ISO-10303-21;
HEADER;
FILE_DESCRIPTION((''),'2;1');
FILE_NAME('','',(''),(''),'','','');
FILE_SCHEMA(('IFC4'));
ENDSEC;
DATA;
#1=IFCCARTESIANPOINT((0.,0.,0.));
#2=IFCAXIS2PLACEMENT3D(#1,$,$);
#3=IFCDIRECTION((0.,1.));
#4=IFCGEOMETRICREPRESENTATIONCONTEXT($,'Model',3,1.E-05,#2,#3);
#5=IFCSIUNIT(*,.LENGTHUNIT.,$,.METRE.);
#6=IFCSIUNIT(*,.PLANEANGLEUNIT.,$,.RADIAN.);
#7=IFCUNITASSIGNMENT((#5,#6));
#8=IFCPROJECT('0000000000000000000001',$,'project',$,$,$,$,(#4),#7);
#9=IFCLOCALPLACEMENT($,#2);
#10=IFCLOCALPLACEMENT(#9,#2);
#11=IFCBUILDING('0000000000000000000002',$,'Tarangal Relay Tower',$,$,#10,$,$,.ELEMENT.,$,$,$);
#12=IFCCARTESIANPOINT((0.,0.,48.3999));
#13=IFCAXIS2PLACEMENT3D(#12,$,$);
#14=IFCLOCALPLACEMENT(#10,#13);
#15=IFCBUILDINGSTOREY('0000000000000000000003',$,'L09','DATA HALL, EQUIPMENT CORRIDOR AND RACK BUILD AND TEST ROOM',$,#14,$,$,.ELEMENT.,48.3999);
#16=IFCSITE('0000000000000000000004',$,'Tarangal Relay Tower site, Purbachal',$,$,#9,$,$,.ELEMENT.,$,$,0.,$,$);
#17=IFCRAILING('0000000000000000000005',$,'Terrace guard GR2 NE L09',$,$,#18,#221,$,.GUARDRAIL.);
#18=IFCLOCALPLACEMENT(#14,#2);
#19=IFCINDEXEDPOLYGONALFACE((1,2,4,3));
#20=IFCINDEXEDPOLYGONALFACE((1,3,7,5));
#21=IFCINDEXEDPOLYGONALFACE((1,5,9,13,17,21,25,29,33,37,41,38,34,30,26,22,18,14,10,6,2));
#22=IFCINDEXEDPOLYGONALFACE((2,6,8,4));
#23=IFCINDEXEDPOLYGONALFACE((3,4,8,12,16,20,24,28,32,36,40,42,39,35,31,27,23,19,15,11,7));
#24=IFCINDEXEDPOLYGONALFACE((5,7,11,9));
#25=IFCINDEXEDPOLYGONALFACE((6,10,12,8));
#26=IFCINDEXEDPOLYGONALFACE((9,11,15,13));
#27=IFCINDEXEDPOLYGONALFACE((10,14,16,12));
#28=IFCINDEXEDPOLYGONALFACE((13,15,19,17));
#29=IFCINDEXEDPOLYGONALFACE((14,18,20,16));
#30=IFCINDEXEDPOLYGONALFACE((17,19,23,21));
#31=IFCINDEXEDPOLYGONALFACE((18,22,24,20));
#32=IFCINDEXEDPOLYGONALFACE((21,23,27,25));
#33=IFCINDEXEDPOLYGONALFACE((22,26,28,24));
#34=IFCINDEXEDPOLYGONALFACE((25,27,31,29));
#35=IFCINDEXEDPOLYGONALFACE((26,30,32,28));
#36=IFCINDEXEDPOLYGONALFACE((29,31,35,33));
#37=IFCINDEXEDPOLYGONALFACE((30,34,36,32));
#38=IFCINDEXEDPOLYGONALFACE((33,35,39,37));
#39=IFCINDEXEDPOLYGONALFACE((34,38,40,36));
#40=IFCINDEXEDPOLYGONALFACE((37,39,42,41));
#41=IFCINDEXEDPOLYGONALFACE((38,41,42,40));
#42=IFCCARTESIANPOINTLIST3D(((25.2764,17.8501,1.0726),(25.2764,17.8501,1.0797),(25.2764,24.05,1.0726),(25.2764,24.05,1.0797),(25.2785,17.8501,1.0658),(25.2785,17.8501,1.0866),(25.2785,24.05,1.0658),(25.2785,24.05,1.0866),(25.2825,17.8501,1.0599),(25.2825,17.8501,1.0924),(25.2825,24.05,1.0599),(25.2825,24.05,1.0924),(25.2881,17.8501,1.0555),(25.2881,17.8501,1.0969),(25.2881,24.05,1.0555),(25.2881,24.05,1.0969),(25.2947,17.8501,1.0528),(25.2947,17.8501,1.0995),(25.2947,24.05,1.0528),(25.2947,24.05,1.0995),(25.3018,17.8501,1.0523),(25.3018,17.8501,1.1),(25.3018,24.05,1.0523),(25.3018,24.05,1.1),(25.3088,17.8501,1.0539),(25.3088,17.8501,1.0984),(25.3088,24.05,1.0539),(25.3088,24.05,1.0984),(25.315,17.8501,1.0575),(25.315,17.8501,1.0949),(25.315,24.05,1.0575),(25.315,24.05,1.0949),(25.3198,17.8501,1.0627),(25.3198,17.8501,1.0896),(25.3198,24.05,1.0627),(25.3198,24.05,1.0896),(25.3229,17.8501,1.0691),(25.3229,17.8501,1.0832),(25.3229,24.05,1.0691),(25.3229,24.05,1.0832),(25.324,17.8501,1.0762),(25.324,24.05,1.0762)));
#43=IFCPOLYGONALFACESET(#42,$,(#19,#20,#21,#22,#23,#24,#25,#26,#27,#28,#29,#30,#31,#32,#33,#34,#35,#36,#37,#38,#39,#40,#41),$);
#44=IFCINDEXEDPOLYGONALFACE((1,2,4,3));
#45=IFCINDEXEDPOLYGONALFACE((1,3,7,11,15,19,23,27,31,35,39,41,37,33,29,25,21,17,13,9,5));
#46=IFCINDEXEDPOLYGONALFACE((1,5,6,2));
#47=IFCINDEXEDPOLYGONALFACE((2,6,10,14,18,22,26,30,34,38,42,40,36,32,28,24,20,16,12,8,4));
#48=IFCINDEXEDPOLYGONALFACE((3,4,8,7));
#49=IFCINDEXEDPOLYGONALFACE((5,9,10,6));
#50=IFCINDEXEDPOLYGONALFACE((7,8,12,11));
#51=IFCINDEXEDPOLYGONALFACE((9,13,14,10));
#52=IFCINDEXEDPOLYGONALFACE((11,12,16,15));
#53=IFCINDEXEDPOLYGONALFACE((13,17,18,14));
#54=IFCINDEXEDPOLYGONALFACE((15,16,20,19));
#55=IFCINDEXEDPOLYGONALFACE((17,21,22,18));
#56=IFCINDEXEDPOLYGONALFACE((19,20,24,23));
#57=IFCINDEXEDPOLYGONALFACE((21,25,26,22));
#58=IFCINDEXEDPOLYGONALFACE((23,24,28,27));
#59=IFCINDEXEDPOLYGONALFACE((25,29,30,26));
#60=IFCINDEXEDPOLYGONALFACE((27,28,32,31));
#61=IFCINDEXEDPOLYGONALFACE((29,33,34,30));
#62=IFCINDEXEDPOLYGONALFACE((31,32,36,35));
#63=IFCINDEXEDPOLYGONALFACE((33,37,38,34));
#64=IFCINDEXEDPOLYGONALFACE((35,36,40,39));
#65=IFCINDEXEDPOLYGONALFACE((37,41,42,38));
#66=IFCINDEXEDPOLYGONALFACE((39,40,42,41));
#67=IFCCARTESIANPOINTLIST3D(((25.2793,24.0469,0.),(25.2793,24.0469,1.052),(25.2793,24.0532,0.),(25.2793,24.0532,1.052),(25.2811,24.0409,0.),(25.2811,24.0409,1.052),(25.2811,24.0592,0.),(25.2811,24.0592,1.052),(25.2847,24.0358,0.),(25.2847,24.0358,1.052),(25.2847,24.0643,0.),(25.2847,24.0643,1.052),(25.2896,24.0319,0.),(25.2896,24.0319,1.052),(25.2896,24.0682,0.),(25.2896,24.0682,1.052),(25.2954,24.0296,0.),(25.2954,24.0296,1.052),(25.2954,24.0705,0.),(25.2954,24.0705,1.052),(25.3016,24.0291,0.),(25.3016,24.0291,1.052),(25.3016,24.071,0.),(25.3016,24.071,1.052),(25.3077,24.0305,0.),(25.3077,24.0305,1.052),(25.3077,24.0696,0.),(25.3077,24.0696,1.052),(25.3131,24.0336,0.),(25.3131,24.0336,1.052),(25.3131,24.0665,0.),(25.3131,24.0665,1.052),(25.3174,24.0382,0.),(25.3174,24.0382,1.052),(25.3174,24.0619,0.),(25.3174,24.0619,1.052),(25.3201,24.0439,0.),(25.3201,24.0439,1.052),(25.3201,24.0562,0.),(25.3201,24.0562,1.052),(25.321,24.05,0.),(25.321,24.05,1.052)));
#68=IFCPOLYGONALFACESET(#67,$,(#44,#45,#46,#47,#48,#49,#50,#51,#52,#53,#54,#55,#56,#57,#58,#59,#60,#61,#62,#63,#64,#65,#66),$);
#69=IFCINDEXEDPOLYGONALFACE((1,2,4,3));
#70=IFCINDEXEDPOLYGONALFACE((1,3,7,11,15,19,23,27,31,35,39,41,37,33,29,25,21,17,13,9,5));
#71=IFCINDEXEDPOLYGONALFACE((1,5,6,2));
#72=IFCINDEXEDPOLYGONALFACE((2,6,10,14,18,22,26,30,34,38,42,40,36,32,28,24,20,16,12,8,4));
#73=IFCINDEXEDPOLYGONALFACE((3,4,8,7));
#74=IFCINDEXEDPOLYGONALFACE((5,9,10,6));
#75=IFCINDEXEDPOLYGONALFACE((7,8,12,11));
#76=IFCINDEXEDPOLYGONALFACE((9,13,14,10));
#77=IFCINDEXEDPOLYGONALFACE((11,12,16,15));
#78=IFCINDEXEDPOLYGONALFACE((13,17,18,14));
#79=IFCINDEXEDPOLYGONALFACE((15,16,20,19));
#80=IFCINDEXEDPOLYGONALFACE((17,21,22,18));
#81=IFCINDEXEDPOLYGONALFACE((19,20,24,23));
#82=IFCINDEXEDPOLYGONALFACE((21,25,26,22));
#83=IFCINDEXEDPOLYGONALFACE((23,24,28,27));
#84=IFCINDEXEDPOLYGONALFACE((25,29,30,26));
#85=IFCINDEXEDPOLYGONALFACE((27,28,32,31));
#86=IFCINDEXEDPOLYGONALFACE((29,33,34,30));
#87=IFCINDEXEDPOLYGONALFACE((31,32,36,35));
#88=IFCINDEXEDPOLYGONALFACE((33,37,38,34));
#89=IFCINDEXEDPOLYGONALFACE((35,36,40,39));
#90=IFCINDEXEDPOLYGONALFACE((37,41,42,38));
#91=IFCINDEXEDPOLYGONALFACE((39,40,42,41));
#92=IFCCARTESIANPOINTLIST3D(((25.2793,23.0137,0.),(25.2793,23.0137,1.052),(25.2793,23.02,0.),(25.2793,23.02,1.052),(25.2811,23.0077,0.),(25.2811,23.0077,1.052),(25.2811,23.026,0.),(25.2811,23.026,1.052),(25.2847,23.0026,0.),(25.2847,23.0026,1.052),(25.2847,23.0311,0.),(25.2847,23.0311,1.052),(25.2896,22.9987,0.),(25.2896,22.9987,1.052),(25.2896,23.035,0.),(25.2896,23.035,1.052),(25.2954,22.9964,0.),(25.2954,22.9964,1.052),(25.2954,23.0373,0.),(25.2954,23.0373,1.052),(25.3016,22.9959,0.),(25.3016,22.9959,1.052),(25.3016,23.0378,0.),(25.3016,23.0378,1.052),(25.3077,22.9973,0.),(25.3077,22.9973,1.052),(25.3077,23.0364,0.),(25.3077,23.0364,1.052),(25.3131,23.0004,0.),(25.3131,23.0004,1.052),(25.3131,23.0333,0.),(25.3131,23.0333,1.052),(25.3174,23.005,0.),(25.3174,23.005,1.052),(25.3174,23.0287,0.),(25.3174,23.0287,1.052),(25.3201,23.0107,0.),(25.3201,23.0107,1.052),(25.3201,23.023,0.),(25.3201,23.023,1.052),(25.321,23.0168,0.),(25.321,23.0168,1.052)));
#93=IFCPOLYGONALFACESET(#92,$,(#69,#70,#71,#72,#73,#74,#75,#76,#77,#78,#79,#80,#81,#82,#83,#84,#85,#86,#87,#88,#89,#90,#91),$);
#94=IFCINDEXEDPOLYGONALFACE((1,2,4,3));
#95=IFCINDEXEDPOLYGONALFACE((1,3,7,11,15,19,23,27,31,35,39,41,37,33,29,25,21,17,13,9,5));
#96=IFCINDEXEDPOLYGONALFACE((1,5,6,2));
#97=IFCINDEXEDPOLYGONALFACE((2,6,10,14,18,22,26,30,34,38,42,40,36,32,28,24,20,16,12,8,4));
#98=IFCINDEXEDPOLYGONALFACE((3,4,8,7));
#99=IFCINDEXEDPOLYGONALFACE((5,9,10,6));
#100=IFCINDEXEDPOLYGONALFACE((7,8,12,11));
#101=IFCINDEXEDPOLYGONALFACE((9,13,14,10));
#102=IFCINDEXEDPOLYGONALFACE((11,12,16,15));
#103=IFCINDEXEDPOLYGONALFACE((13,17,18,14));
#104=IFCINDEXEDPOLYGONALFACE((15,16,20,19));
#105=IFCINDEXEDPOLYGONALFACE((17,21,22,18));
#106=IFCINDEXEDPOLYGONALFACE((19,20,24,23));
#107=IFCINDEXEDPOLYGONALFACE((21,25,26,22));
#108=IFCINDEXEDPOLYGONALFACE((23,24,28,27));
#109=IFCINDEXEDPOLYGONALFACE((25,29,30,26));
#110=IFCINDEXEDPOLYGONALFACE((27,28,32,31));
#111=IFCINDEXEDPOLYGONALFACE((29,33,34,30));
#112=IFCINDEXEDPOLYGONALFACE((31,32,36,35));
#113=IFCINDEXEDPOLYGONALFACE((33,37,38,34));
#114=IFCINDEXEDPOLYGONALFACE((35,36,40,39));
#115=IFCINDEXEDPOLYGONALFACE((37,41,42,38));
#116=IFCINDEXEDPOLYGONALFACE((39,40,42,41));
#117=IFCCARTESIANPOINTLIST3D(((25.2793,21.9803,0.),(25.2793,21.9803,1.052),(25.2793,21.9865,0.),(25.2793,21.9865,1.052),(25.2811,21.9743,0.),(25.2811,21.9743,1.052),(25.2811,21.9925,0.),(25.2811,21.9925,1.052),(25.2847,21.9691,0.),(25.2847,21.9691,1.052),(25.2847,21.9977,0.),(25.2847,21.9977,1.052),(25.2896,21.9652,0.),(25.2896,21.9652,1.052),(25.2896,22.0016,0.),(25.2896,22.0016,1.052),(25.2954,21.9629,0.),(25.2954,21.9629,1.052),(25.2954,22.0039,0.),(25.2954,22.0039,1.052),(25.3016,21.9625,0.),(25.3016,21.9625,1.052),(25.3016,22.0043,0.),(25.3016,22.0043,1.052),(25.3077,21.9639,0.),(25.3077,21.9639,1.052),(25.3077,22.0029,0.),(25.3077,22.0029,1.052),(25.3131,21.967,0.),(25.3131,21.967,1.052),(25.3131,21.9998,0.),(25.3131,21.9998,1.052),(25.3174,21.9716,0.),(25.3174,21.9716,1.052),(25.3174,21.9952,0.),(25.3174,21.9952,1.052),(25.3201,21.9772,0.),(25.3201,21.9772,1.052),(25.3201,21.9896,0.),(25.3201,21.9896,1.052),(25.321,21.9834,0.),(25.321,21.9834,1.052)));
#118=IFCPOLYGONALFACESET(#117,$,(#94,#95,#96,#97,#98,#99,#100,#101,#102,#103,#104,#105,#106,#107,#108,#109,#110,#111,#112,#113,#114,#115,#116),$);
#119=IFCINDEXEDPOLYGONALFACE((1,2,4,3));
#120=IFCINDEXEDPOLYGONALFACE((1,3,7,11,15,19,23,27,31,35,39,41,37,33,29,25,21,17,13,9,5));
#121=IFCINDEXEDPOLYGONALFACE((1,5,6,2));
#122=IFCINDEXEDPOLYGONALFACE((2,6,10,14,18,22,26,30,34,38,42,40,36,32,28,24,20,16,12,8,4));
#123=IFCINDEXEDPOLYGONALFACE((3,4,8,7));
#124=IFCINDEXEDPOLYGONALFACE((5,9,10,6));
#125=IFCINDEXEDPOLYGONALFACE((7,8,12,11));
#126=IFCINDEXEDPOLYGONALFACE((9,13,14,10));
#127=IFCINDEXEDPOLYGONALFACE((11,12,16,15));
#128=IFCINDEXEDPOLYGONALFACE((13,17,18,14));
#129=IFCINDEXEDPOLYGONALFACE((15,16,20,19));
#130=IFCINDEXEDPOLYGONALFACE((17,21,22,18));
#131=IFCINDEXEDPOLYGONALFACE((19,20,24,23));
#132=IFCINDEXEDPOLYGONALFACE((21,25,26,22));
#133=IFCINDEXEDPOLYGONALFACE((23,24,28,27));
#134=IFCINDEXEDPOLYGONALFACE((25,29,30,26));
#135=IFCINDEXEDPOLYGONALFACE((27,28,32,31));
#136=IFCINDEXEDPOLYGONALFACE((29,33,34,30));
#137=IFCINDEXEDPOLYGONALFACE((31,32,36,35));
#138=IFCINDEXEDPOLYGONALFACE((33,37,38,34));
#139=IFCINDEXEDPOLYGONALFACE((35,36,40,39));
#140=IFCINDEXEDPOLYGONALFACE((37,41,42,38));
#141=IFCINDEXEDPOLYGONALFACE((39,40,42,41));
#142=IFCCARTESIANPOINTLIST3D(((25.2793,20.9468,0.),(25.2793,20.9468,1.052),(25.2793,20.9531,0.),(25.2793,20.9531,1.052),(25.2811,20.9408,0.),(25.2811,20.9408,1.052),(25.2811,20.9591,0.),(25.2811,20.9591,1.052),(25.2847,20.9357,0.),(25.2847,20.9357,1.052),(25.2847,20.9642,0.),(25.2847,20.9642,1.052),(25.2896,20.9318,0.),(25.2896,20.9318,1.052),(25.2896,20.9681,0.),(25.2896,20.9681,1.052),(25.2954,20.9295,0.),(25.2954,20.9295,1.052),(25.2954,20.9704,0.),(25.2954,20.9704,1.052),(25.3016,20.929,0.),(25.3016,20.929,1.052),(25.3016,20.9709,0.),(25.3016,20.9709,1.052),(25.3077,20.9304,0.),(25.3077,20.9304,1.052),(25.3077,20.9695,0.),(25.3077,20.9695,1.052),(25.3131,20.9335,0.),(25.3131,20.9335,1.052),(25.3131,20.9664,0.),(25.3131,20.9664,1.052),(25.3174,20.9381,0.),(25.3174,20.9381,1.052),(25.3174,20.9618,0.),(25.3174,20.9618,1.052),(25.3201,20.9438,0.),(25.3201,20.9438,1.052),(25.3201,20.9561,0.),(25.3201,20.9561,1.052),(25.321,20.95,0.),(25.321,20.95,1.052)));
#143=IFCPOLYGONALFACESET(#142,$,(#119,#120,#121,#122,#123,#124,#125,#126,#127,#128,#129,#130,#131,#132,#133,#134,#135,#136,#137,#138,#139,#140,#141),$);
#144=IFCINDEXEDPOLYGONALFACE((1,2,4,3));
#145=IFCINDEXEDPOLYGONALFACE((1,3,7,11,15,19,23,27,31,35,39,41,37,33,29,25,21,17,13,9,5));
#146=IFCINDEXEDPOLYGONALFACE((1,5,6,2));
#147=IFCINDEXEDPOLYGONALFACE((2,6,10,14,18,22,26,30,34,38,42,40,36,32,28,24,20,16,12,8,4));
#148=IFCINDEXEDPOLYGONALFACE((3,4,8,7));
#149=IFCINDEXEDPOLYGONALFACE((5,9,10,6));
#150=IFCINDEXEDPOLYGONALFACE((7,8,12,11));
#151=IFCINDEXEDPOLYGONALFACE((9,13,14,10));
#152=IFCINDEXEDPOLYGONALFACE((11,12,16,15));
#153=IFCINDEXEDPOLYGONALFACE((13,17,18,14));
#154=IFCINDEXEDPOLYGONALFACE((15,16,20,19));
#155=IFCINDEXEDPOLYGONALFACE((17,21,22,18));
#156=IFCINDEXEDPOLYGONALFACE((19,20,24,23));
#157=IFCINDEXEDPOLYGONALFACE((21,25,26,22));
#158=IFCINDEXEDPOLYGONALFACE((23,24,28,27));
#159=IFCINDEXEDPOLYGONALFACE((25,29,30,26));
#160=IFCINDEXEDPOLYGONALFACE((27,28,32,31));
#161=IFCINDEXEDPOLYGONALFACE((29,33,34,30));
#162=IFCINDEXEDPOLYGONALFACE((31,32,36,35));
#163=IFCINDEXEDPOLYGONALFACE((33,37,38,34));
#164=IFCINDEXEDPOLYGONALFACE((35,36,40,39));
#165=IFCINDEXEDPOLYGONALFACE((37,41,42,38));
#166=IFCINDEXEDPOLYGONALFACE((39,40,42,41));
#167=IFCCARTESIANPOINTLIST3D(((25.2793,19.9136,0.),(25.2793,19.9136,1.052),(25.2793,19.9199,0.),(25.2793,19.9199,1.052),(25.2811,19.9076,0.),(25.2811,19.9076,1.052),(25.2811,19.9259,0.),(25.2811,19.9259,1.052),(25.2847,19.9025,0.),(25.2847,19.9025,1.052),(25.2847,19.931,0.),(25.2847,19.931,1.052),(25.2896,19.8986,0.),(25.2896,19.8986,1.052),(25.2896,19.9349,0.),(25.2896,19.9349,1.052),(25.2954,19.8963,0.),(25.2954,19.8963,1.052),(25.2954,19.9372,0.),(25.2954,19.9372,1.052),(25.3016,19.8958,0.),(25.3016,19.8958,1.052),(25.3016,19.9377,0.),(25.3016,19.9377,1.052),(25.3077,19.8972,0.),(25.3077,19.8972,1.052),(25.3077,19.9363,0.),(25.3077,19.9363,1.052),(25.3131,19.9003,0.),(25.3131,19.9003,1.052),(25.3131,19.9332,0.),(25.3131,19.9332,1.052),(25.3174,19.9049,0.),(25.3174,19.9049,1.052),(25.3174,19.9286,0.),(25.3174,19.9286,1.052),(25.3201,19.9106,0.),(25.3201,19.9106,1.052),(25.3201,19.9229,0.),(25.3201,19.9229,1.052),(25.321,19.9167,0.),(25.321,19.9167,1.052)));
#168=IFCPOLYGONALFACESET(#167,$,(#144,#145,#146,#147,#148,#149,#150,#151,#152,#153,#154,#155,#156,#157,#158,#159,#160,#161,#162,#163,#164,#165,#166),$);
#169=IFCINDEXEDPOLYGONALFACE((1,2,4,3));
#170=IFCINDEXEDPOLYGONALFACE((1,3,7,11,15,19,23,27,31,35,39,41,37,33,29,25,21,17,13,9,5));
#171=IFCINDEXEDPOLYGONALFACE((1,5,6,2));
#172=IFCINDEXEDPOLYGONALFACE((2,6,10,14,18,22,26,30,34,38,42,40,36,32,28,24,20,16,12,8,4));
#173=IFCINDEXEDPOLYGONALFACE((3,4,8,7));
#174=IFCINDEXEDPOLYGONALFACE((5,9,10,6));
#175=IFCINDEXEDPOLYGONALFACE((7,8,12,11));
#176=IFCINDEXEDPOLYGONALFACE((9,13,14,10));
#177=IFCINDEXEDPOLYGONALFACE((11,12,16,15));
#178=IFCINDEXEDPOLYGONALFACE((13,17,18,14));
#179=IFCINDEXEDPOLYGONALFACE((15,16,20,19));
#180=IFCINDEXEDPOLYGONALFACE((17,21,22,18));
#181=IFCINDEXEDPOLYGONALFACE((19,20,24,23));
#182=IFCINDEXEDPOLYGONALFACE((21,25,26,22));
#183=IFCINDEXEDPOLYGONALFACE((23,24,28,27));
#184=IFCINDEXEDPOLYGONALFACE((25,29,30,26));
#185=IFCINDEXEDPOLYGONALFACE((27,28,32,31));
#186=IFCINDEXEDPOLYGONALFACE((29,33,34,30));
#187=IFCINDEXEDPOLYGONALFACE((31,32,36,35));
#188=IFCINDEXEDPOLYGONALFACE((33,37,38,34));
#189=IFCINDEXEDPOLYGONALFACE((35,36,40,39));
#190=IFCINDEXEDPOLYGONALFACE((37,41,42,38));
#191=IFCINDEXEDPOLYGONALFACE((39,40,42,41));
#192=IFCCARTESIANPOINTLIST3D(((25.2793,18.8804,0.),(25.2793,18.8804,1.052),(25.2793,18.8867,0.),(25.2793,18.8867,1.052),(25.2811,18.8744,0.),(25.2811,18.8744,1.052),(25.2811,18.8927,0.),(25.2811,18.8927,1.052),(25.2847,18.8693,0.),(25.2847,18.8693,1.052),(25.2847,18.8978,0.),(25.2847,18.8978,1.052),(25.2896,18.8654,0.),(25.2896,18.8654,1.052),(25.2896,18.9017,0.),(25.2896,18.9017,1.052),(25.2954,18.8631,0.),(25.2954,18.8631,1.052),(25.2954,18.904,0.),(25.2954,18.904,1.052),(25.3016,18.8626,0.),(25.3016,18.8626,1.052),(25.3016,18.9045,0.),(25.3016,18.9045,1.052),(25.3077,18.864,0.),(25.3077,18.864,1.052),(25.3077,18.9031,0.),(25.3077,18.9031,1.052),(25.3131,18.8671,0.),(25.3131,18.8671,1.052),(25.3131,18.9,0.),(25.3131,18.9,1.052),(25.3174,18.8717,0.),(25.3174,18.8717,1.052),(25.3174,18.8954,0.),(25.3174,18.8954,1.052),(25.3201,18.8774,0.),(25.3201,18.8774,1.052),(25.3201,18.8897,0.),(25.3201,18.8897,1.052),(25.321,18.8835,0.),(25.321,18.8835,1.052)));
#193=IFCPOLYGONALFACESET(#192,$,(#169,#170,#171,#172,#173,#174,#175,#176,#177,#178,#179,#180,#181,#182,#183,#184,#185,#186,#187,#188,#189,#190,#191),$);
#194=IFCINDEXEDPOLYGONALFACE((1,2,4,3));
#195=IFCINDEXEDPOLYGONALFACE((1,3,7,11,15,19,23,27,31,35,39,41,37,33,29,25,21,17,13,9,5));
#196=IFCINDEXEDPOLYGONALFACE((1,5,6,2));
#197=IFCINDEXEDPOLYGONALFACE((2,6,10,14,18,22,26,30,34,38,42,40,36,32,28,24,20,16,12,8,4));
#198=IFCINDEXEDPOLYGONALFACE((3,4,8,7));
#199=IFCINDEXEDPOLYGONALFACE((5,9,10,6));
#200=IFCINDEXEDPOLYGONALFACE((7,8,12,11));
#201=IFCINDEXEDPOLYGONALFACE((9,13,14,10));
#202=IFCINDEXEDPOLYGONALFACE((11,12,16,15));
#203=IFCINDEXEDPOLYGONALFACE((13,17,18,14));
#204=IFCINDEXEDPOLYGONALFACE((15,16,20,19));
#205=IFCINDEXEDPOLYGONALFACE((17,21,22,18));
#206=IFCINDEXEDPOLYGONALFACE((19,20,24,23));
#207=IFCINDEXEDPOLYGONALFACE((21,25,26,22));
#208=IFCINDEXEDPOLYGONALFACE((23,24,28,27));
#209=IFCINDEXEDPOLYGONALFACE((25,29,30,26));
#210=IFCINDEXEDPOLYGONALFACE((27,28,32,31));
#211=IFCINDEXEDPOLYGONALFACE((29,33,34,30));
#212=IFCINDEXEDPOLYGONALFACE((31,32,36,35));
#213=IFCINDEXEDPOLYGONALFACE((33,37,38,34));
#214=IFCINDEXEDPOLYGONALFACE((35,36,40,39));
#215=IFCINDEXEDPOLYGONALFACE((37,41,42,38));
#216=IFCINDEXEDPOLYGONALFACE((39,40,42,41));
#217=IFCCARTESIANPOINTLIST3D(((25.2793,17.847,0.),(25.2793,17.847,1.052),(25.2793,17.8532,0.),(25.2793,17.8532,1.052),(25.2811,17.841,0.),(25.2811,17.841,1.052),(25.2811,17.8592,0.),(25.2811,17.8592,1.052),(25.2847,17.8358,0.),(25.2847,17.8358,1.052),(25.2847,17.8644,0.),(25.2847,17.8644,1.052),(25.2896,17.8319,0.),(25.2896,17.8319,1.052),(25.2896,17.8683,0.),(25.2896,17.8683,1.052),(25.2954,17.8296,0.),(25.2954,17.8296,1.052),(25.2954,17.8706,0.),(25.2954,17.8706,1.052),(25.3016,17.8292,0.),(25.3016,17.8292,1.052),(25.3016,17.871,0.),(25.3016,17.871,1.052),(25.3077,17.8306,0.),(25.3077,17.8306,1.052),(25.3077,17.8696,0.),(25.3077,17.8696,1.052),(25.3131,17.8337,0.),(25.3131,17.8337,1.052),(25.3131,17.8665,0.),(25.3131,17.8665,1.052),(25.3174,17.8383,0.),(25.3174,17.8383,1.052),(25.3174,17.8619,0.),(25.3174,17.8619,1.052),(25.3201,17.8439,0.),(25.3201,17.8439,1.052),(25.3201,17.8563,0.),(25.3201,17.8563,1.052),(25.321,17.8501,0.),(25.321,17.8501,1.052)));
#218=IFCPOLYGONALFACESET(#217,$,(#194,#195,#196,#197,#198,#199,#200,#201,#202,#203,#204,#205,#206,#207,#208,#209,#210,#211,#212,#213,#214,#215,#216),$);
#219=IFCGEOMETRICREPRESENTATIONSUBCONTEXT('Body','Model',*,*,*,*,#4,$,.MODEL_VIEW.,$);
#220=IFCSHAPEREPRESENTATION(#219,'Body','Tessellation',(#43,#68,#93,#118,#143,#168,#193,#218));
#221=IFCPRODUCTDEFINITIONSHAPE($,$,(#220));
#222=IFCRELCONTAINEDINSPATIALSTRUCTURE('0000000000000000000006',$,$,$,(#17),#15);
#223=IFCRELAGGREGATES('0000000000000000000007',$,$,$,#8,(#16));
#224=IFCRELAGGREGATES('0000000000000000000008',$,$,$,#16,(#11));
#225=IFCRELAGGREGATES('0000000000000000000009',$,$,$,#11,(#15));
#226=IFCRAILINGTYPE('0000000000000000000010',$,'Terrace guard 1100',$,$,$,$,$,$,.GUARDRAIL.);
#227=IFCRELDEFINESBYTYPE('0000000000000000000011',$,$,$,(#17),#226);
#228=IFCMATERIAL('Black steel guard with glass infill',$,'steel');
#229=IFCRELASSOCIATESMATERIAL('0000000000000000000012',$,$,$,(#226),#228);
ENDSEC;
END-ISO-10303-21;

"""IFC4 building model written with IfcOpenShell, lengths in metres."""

from ifc_helpers import new_model, si_unit, direction, frame, origin, origin_2d, place, context, subcontext, project, spatial, circle, extrude, material, type_object, element, save


model = new_model("IFC4")

# Units and contexts
model_context = context("Model", 3, precision=1e-05, world=origin(), true_north=direction((0.0, 1.0)))
body_context = subcontext(model_context, "Body", "Model", "MODEL_VIEW")
ifc_project = project(units=[si_unit("LENGTHUNIT", "METRE"), si_unit("PLANEANGLEUNIT", "RADIAN")], contexts=[model_context])

# Site, building, storey
site_placement = place(None, origin())
site = spatial("IfcSite", under=ifc_project, at=site_placement, Name="Tarangal Relay Tower site, Purbachal", CompositionType="ELEMENT", RefElevation=0.0)
building_placement = place(site_placement, origin())
building = spatial("IfcBuilding", under=site, at=building_placement, Name="Tarangal Relay Tower", CompositionType="ELEMENT")
storey_placement = place(building_placement, frame((0.0, 0.0, 48.3999)))
storey = spatial("IfcBuildingStorey", under=building, at=storey_placement, Name="L09", Description="DATA HALL, EQUIPMENT CORRIDOR AND RACK BUILD AND TEST ROOM", CompositionType="ELEMENT", Elevation=48.3999)

# Railing
ifc_material_1 = material(Name="Black steel guard with glass infill", Category="steel")
railing_type_1 = type_object("IfcRailingType", Name="Terrace guard 1100", PredefinedType="GUARDRAIL", material=ifc_material_1)
railing_1_placement = place(storey_placement, frame((25.3, 24.05, 0.0)))
element("IfcRailing", 1, at=railing_1_placement, inside=storey, type_object=railing_type_1, Name="Terrace guard GR2 NE L09", PredefinedType="GUARDRAIL", context=body_context, shape_type="SweptSolid", body=[
    extrude(circle(Radius=0.0239, at=origin_2d()), frame((0.0, 0.0, 1.0762), z_axis=(0.0, -1.0, 0.0), x_axis=(1.0, 0.0, 0.0)), (0.0, 0.0, 1.0), 6.2),
    extrude(circle(Radius=0.021, at=origin_2d()), origin(), (0.0, 0.0, 1.0), 1.052),
    extrude(circle(Radius=0.021, at=origin_2d()), frame((0.0, -1.0332, 0.0)), (0.0, 0.0, 1.0), 1.052),
    extrude(circle(Radius=0.021, at=origin_2d()), frame((0.0, -2.0667, 0.0)), (0.0, 0.0, 1.0), 1.052),
    extrude(circle(Radius=0.021, at=origin_2d()), frame((0.0, -3.1001, 0.0)), (0.0, 0.0, 1.0), 1.052),
    extrude(circle(Radius=0.021, at=origin_2d()), frame((0.0, -4.1333, 0.0)), (0.0, 0.0, 1.0), 1.052),
    extrude(circle(Radius=0.021, at=origin_2d()), frame((0.0, -5.1665, 0.0)), (0.0, 0.0, 1.0), 1.052),
    extrude(circle(Radius=0.021, at=origin_2d()), frame((0.0, -6.2, 0.0)), (0.0, 0.0, 1.0), 1.052),
])

save(model, "model.ifc")
